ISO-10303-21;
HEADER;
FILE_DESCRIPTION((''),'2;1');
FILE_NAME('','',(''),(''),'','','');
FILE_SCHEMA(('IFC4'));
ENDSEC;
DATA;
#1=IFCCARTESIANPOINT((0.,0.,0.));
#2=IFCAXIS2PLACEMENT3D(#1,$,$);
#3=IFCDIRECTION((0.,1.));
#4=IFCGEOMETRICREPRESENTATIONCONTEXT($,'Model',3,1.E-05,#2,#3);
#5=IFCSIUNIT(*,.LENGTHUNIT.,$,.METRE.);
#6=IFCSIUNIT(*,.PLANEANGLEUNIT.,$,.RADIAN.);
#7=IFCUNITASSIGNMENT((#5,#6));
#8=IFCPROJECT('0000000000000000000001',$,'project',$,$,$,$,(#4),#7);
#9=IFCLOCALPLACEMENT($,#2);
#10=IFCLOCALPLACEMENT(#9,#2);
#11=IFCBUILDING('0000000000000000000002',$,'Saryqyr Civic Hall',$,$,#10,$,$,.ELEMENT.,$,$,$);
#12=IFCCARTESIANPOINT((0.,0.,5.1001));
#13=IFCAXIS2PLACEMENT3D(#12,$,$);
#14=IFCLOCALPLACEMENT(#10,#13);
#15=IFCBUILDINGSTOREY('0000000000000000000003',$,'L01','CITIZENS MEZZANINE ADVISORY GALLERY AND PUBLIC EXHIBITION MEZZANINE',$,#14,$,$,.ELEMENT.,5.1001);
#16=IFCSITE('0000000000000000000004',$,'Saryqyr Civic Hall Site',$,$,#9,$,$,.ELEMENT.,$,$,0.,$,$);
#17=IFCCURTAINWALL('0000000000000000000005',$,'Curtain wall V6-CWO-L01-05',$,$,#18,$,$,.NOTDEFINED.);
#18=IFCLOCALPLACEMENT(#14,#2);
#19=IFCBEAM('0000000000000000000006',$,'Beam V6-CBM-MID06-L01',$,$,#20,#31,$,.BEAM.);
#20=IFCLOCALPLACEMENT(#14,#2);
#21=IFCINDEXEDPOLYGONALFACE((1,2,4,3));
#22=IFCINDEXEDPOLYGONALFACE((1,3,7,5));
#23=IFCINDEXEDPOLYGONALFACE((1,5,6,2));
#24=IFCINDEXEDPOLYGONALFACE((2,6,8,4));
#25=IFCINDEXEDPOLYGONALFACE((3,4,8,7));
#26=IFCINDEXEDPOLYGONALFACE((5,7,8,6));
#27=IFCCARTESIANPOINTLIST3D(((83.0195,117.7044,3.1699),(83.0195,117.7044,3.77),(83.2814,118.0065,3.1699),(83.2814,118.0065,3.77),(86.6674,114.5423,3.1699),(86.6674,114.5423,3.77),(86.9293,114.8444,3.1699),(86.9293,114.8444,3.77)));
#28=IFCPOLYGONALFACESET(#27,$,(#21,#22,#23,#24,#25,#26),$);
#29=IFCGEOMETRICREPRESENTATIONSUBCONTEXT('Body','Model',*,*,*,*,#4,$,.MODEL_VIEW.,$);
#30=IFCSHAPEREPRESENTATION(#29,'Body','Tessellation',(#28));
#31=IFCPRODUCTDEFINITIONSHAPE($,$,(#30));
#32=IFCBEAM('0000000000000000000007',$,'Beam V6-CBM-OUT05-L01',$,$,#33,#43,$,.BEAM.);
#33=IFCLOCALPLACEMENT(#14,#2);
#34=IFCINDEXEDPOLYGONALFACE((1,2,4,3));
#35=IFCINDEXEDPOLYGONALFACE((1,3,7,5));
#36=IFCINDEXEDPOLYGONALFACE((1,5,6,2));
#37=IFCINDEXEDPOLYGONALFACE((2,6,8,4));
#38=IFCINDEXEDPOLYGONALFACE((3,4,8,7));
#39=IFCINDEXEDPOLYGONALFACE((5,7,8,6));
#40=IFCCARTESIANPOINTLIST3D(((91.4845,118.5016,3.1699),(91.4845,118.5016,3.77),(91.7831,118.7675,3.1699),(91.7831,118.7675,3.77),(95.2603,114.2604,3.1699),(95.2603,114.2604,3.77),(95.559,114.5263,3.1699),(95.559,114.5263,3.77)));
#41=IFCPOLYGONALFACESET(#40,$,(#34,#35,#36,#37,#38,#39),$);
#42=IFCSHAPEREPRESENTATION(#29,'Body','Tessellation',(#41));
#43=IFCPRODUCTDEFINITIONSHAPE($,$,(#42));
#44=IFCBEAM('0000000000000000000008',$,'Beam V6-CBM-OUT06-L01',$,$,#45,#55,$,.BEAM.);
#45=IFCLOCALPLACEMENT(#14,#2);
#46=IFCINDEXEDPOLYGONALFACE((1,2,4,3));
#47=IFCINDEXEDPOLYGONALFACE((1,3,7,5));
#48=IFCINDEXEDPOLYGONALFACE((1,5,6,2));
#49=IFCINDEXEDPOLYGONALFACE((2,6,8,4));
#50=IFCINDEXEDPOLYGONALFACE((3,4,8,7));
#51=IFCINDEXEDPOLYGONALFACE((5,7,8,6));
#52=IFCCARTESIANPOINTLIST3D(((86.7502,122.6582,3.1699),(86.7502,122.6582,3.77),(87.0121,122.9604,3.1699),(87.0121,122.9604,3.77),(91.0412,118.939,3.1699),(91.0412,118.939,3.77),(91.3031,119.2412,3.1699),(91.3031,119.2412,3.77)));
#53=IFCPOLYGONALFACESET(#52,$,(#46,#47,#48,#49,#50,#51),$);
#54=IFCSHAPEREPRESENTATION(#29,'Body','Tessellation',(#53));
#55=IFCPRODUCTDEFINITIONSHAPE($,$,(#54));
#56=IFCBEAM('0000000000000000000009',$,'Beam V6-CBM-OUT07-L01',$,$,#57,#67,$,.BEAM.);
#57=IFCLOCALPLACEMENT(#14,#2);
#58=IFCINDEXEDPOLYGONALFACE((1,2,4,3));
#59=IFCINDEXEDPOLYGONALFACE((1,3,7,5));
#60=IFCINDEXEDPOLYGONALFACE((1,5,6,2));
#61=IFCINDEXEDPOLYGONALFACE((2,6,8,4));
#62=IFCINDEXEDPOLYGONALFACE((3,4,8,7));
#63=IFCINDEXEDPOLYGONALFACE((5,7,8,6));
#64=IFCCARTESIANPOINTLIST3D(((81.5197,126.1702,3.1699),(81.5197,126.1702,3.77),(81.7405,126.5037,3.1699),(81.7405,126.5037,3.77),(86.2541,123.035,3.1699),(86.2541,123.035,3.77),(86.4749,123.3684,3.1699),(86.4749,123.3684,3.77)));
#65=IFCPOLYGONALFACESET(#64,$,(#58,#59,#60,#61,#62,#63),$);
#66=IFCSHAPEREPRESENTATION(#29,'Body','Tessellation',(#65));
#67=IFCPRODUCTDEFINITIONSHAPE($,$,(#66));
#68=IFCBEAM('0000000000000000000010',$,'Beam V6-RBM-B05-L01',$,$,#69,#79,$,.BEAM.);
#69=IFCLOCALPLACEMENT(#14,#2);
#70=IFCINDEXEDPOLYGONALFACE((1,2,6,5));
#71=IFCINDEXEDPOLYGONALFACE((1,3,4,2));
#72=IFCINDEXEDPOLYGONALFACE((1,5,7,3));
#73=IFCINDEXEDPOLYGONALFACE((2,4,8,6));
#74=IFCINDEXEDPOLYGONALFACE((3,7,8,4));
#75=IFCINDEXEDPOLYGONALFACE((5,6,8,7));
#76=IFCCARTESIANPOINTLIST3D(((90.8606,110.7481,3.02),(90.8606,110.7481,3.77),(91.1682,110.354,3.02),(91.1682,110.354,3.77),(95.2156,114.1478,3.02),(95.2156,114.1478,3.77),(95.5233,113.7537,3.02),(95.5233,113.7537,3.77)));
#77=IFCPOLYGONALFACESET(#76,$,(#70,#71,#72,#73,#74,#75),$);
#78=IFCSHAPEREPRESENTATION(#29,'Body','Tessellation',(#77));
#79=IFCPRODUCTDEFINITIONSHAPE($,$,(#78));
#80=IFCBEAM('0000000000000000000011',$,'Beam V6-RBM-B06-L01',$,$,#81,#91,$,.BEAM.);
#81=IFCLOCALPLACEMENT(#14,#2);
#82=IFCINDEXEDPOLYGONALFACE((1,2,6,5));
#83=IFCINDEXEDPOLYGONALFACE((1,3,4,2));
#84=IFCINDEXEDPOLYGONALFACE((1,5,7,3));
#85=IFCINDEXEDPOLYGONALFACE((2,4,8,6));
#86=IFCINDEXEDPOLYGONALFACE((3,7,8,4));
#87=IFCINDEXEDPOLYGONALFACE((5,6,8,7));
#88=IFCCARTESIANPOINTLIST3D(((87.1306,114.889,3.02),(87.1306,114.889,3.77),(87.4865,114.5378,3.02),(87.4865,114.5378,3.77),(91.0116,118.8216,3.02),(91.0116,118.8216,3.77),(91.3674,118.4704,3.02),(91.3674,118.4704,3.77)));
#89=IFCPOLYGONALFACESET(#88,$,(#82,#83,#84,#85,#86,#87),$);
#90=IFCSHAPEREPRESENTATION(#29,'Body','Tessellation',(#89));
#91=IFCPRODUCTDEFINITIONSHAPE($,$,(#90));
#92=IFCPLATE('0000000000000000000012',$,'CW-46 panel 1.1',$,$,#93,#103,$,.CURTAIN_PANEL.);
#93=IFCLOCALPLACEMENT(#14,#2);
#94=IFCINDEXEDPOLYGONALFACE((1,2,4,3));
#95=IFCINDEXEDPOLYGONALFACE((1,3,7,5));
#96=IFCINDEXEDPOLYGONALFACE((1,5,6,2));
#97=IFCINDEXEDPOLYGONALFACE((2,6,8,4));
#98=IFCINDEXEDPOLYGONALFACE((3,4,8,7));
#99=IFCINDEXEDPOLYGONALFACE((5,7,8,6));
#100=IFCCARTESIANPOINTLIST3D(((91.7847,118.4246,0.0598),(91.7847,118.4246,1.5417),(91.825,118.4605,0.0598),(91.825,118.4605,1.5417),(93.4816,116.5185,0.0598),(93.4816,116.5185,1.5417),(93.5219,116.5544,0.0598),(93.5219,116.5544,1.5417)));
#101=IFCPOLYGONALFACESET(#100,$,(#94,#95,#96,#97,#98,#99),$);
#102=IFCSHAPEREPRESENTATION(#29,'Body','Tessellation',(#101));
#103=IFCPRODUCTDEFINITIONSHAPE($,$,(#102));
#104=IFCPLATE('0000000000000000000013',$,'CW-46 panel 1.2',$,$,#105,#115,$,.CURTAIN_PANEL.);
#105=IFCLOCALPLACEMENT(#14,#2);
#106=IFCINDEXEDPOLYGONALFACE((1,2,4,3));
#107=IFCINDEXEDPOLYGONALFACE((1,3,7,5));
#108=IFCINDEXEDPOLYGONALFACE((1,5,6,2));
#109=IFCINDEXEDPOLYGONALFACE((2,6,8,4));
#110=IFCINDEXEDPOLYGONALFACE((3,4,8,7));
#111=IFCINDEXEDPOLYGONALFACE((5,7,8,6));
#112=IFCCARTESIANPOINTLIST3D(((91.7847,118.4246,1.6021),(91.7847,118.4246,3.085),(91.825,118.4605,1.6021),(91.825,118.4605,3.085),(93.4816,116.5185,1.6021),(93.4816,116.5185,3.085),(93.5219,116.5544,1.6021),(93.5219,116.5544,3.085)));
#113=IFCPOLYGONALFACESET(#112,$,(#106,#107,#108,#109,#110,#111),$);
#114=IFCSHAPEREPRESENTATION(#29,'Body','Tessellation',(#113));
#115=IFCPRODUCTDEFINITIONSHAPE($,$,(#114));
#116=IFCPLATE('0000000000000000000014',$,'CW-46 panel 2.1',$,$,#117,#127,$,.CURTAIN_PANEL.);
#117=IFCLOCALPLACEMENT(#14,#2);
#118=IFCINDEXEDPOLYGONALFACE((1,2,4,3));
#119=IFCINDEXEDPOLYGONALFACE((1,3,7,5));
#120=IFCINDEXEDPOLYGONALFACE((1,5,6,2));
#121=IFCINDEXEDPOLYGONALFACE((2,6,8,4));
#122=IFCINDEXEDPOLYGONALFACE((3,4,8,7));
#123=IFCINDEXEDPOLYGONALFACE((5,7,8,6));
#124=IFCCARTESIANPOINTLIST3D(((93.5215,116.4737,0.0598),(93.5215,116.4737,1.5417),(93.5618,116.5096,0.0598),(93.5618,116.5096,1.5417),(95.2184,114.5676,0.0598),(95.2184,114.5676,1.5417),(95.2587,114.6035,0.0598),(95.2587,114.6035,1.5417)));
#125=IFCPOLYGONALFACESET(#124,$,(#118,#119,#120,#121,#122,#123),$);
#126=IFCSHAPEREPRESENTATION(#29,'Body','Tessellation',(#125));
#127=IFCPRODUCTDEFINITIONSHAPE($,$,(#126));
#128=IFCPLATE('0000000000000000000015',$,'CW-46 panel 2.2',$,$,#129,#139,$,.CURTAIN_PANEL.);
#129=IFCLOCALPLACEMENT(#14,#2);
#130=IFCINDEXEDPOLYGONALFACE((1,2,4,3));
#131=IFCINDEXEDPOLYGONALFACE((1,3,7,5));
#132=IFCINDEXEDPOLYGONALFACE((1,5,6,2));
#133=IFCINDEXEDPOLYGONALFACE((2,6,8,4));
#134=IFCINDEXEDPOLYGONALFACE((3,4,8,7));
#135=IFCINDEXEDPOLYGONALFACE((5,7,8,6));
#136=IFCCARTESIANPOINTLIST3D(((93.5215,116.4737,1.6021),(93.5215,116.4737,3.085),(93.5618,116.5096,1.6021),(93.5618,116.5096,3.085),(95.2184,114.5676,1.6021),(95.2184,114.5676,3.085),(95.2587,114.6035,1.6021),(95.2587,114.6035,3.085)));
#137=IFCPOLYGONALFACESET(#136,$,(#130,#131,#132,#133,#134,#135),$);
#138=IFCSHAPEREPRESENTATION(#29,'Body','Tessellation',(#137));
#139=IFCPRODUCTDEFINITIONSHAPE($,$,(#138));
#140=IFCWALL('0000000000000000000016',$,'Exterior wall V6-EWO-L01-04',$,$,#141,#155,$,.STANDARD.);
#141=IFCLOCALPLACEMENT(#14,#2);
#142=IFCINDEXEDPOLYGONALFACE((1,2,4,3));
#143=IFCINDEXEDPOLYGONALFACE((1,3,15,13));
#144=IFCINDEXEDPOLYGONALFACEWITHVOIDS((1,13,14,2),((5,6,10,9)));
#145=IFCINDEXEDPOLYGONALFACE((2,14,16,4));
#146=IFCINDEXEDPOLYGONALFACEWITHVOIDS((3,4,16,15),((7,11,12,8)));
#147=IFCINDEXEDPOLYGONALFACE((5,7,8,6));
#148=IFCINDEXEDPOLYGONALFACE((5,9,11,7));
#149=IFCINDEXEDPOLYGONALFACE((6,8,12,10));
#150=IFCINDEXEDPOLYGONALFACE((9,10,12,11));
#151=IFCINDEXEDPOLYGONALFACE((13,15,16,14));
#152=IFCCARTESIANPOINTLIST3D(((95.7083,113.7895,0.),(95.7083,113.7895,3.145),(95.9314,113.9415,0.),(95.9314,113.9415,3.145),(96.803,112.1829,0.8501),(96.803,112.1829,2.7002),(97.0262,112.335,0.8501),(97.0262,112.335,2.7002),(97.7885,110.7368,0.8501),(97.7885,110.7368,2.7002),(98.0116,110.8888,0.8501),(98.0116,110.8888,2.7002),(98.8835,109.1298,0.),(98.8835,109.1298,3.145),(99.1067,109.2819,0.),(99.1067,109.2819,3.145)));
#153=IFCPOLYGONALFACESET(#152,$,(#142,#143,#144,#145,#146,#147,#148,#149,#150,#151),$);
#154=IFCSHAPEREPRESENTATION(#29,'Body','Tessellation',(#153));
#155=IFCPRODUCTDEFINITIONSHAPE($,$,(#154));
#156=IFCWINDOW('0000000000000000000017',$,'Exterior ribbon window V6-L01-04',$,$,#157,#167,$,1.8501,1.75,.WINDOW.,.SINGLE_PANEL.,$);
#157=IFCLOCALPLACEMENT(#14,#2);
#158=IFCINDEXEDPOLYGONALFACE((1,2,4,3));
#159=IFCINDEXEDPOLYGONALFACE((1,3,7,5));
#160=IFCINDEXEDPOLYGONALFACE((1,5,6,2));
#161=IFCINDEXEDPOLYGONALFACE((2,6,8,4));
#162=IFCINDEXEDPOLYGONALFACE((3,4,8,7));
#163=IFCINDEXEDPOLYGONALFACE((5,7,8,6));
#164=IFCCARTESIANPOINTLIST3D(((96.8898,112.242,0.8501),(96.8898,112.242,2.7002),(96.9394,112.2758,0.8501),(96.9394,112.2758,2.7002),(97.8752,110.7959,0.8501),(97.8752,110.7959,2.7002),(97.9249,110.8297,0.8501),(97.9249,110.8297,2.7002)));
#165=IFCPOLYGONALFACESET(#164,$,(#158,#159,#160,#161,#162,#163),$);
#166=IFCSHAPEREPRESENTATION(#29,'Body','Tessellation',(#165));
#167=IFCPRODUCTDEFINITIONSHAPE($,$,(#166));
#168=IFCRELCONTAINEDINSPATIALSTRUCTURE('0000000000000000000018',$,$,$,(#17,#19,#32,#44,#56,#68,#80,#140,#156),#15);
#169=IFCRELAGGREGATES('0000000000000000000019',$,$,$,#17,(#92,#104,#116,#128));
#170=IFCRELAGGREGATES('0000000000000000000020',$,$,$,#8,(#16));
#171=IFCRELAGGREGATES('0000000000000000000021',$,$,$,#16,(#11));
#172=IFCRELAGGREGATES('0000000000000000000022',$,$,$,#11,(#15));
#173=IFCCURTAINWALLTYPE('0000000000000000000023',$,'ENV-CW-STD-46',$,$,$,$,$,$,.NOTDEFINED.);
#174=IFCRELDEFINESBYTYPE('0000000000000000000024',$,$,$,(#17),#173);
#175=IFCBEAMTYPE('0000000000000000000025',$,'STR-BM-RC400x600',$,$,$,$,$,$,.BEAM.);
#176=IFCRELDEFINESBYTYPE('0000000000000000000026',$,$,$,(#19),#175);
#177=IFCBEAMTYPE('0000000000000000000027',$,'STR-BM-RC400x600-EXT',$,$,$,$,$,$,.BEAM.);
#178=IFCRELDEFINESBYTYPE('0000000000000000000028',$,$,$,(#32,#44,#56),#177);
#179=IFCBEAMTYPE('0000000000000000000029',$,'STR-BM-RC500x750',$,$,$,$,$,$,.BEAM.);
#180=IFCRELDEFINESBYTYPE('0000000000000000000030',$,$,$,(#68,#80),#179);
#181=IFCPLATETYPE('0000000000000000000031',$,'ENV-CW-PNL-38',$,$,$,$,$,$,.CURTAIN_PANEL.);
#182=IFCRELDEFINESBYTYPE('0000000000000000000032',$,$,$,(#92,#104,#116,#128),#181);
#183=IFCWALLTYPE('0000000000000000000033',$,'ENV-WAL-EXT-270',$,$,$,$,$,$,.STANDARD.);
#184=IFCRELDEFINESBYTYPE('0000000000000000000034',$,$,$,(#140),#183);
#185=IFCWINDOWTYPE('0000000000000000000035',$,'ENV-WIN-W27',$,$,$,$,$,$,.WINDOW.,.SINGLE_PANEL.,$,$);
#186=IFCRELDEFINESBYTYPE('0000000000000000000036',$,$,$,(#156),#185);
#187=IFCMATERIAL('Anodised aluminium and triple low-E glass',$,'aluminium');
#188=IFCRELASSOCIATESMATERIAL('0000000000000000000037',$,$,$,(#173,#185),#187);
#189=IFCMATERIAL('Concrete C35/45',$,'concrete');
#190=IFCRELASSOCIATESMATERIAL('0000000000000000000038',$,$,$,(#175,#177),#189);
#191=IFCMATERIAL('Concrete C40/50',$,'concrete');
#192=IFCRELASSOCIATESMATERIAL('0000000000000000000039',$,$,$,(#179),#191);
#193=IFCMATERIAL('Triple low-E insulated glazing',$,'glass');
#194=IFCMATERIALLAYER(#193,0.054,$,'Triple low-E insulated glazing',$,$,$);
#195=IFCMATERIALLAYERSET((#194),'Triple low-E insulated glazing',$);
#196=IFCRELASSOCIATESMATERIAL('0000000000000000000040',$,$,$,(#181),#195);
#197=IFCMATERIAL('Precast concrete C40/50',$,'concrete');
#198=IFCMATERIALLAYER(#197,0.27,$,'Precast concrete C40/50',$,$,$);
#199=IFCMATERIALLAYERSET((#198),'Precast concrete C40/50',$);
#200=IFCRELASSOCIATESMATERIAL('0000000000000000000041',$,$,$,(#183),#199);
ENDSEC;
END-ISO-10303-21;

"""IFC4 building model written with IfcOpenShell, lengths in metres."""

from ifc_helpers import new_model, si_unit, direction, frame, frame_2d, origin, origin_2d, place, context, subcontext, project, spatial, rectangle, extrude, material, layer, layer_set, material_profile, profile_set, type_object, element, fill, aggregate, save


model = new_model("IFC4")

# Units and contexts
model_context = context("Model", 3, precision=1e-05, world=origin(), true_north=direction((0.0, 1.0)))
body_context = subcontext(model_context, "Body", "Model", "MODEL_VIEW")
ifc_project = project(units=[si_unit("LENGTHUNIT", "METRE"), si_unit("PLANEANGLEUNIT", "RADIAN")], contexts=[model_context])

# Site, building, storey
site_placement = place(None, origin())
site = spatial("IfcSite", under=ifc_project, at=site_placement, Name="Saryqyr Civic Hall Site", CompositionType="ELEMENT", RefElevation=0.0)
building_placement = place(site_placement, origin())
building = spatial("IfcBuilding", under=site, at=building_placement, Name="Saryqyr Civic Hall", CompositionType="ELEMENT")
storey_placement = place(building_placement, frame((0.0, 0.0, 5.1001)))
storey = spatial("IfcBuildingStorey", under=building, at=storey_placement, Name="L01", Description="CITIZENS MEZZANINE ADVISORY GALLERY AND PUBLIC EXHIBITION MEZZANINE", CompositionType="ELEMENT", Elevation=5.1001)

# Shared definitions
ifc_material_1 = material(Name="Concrete C40/50", Category="concrete")

# Curtain wall
ifc_material_2 = material(Name="Anodised aluminium and triple low-E glass", Category="aluminium")
curtain_wall_type = type_object("IfcCurtainWallType", Name="ENV-CW-STD-46", PredefinedType="NOTDEFINED", material=ifc_material_2)
curtain_wall_placement = place(storey_placement, origin())
curtain_wall = element("IfcCurtainWall", 1, at=curtain_wall_placement, inside=storey, type_object=curtain_wall_type, Name="Curtain wall V6-CWO-L01-05", PredefinedType="NOTDEFINED")

# Beams
ifc_material_3 = material(Name="Concrete C35/45", Category="concrete")
ifc_material_profile_1 = material_profile(ifc_material_3, rectangle(XDim=0.3999, YDim=0.6001, at=origin_2d()), Name="RC 400x600")
ifc_profile_set_1 = profile_set([ifc_material_profile_1], Name="Concrete C35/45")
beam_type_1 = type_object("IfcBeamType", Name="STR-BM-RC400x600", PredefinedType="BEAM", material=ifc_profile_set_1)
beam_1_placement = place(storey_placement, frame((86.7983, 114.6934, 3.47), z_axis=(-0.755632, 0.654996, 0.0), x_axis=(-0.654996, -0.755632, 0.0)))
element("IfcBeam", 2, at=beam_1_placement, inside=storey, type_object=beam_type_1, Name="Beam V6-CBM-MID06-L01", PredefinedType="BEAM", context=body_context, shape_type="SweptSolid", body=[
    extrude(rectangle(XDim=0.3999, YDim=0.6001, at=origin_2d()), origin(), (0.0, 0.0, 1.0), 4.8276),
])
ifc_material_profile_2 = material_profile(ifc_material_3, rectangle(XDim=0.3999, YDim=0.6001, at=origin_2d()), Name="RC 400x600")
ifc_profile_set_2 = profile_set([ifc_material_profile_2], Name="Concrete C35/45")
beam_type_2 = type_object("IfcBeamType", Name="STR-BM-RC400x600-EXT", PredefinedType="BEAM", material=ifc_profile_set_2)
for number, where, z_axis, x_axis, name in (
    (3, (95.4097, 114.3933, 3.47), (-0.664945, 0.746892, 0.0), (-0.746892, -0.664945, 0.0), "Beam V6-CBM-OUT05-L01"),
    (4, (91.1721, 119.0901, 3.47), (-0.755658, 0.654967, 0.0), (-0.654967, -0.755658, 0.0), "Beam V6-CBM-OUT06-L01"),
    (5, (86.3645, 123.2017, 3.47), (-0.833753, 0.552138, 0.0), (-0.552138, -0.833753, 0.0), "Beam V6-CBM-OUT07-L01"),
):
    element("IfcBeam", number, at=place(storey_placement, frame(where, z_axis=z_axis, x_axis=x_axis)), inside=storey, type_object=beam_type_2, Name=name, PredefinedType="BEAM", context=body_context, shape_type="SweptSolid", body=[
        extrude(rectangle(XDim=0.3999, YDim=0.6001, at=origin_2d()), origin(), (0.0, 0.0, 1.0), 5.6785),
    ])
ifc_material_profile_3 = material_profile(ifc_material_1, rectangle(XDim=0.5, YDim=0.75, at=origin_2d()), Name="RC 500x750")
ifc_profile_set_3 = profile_set([ifc_material_profile_3], Name="Concrete C40/50")
beam_type_3 = type_object("IfcBeamType", Name="STR-BM-RC500x750", PredefinedType="BEAM", material=ifc_profile_set_3)
beam_2_placement = place(storey_placement, frame((91.0144, 110.551, 3.395), z_axis=(0.788259, 0.615344, 0.0), x_axis=(-0.615344, 0.788259, 0.0)))
element("IfcBeam", 6, at=beam_2_placement, inside=storey, type_object=beam_type_3, Name="Beam V6-RBM-B05-L01", PredefinedType="BEAM", context=body_context, shape_type="SweptSolid", body=[
    extrude(rectangle(XDim=0.5, YDim=0.75, at=origin_2d()), origin(), (0.0, 0.0, 1.0), 5.5249),
])
beam_3_placement = place(storey_placement, frame((87.3086, 114.7134, 3.395), z_axis=(0.702407, 0.711775, 0.0), x_axis=(-0.711775, 0.702407, 0.0)))
element("IfcBeam", 7, at=beam_3_placement, inside=storey, type_object=beam_type_3, Name="Beam V6-RBM-B06-L01", PredefinedType="BEAM", context=body_context, shape_type="SweptSolid", body=[
    extrude(rectangle(XDim=0.5, YDim=0.75, at=origin_2d()), origin(), (0.0, 0.0, 1.0), 5.5251),
])

# Plates
ifc_material_4 = material(Name="Triple low-E insulated glazing", Category="glass")
ifc_layer_1 = layer(ifc_material_4, 0.054, Name="Triple low-E insulated glazing")
ifc_layer_set_1 = layer_set([ifc_layer_1], Name="Triple low-E insulated glazing")
plate_type = type_object("IfcPlateType", Name="ENV-CW-PNL-38", PredefinedType="CURTAIN_PANEL", material=ifc_layer_set_1)
plate_1_placement = place(storey_placement, frame((92.6533, 117.4895, 0.0598), z_axis=(0.0, 0.0, 1.0), x_axis=(0.664937, -0.7469, 0.0)))
plate_1 = element("IfcPlate", 8, at=plate_1_placement, type_object=plate_type, Name="CW-46 panel 1.1", PredefinedType="CURTAIN_PANEL", context=body_context, shape_type="SweptSolid", body=[
    extrude(rectangle(XDim=2.552, YDim=0.054, at=origin_2d()), origin(), (0.0, 0.0, 1.0), 1.4819),
])
plate_2_placement = place(storey_placement, frame((92.6533, 117.4895, 1.6021), z_axis=(0.0, 0.0, 1.0), x_axis=(0.664937, -0.7469, 0.0)))
plate_2 = element("IfcPlate", 9, at=plate_2_placement, type_object=plate_type, Name="CW-46 panel 1.2", PredefinedType="CURTAIN_PANEL", context=body_context, shape_type="SweptSolid", body=[
    extrude(rectangle(XDim=2.552, YDim=0.054, at=origin_2d()), origin(), (0.0, 0.0, 1.0), 1.4829),
])
plate_3_placement = place(storey_placement, frame((94.3901, 115.5386, 0.0598), z_axis=(0.0, 0.0, 1.0), x_axis=(0.664937, -0.7469, 0.0)))
plate_3 = element("IfcPlate", 10, at=plate_3_placement, type_object=plate_type, Name="CW-46 panel 2.1", PredefinedType="CURTAIN_PANEL", context=body_context, shape_type="SweptSolid", body=[
    extrude(rectangle(XDim=2.552, YDim=0.054, at=origin_2d()), origin(), (0.0, 0.0, 1.0), 1.4819),
])
plate_4_placement = place(storey_placement, frame((94.3901, 115.5386, 1.6021), z_axis=(0.0, 0.0, 1.0), x_axis=(0.664937, -0.7469, 0.0)))
plate_4 = element("IfcPlate", 11, at=plate_4_placement, type_object=plate_type, Name="CW-46 panel 2.2", PredefinedType="CURTAIN_PANEL", context=body_context, shape_type="SweptSolid", body=[
    extrude(rectangle(XDim=2.552, YDim=0.054, at=origin_2d()), origin(), (0.0, 0.0, 1.0), 1.4829),
])
aggregate(curtain_wall, [plate_1, plate_2, plate_3, plate_4])

# Wall, opening, window
ifc_material_5 = material(Name="Precast concrete C40/50", Category="concrete")
ifc_layer_2 = layer(ifc_material_5, 0.27, Name="Precast concrete C40/50")
ifc_layer_set_2 = layer_set([ifc_layer_2], Name="Precast concrete C40/50")
wall_type_1 = type_object("IfcWallType", Name="ENV-WAL-EXT-270", PredefinedType="STANDARD", material=ifc_layer_set_2)
wall_1_placement = place(storey_placement, frame((95.8198, 113.8655, 0.0), z_axis=(0.0, 0.0, 1.0), x_axis=(0.563125, -0.826372, 0.0)))
wall_1 = element("IfcWall", 12, at=wall_1_placement, inside=storey, type_object=wall_type_1, Name="Exterior wall V6-EWO-L01-04", PredefinedType="STANDARD", context=body_context, shape_type="SweptSolid", body=[
    extrude(rectangle(XDim=5.6387, YDim=0.27, at=frame_2d((2.8193, 0.0))), origin(), (0.0, 0.0, 1.0), 3.145),
])
opening_1_placement = place(wall_1_placement, frame((1.9441, 0.0, 0.8501)))
opening_1 = element("IfcOpeningElement", 13, at=opening_1_placement, cuts=wall_1, PredefinedType="OPENING", context=body_context, shape_type="SweptSolid", body=[
    extrude(rectangle(XDim=1.75, YDim=1.8501, at=frame_2d((0.875, 0.925))), frame((0.0, 0.145, 0.0), z_axis=(0.0, -1.0, 0.0), x_axis=(1.0, 0.0, 0.0)), (0.0, 0.0, 1.0), 0.29),
])
window_type_1 = type_object("IfcWindowType", Name="ENV-WIN-W27", PartitioningType="SINGLE_PANEL", PredefinedType="WINDOW", material=ifc_material_2)
window_1_placement = place(opening_1_placement, origin())
window_1 = element("IfcWindow", 14, at=window_1_placement, inside=storey, type_object=window_type_1, Name="Exterior ribbon window V6-L01-04", OverallHeight=1.8501, OverallWidth=1.75, PartitioningType="SINGLE_PANEL", PredefinedType="WINDOW", context=body_context, shape_type="SweptSolid", body=[
    extrude(rectangle(XDim=1.75, YDim=1.8501, at=frame_2d((0.875, 0.925))), frame((0.0, 0.03, 0.0), z_axis=(0.0, -1.0, 0.0), x_axis=(1.0, 0.0, 0.0)), (0.0, 0.0, 1.0), 0.0601),
])
fill(opening_1, window_1)

save(model, "model.ifc")
